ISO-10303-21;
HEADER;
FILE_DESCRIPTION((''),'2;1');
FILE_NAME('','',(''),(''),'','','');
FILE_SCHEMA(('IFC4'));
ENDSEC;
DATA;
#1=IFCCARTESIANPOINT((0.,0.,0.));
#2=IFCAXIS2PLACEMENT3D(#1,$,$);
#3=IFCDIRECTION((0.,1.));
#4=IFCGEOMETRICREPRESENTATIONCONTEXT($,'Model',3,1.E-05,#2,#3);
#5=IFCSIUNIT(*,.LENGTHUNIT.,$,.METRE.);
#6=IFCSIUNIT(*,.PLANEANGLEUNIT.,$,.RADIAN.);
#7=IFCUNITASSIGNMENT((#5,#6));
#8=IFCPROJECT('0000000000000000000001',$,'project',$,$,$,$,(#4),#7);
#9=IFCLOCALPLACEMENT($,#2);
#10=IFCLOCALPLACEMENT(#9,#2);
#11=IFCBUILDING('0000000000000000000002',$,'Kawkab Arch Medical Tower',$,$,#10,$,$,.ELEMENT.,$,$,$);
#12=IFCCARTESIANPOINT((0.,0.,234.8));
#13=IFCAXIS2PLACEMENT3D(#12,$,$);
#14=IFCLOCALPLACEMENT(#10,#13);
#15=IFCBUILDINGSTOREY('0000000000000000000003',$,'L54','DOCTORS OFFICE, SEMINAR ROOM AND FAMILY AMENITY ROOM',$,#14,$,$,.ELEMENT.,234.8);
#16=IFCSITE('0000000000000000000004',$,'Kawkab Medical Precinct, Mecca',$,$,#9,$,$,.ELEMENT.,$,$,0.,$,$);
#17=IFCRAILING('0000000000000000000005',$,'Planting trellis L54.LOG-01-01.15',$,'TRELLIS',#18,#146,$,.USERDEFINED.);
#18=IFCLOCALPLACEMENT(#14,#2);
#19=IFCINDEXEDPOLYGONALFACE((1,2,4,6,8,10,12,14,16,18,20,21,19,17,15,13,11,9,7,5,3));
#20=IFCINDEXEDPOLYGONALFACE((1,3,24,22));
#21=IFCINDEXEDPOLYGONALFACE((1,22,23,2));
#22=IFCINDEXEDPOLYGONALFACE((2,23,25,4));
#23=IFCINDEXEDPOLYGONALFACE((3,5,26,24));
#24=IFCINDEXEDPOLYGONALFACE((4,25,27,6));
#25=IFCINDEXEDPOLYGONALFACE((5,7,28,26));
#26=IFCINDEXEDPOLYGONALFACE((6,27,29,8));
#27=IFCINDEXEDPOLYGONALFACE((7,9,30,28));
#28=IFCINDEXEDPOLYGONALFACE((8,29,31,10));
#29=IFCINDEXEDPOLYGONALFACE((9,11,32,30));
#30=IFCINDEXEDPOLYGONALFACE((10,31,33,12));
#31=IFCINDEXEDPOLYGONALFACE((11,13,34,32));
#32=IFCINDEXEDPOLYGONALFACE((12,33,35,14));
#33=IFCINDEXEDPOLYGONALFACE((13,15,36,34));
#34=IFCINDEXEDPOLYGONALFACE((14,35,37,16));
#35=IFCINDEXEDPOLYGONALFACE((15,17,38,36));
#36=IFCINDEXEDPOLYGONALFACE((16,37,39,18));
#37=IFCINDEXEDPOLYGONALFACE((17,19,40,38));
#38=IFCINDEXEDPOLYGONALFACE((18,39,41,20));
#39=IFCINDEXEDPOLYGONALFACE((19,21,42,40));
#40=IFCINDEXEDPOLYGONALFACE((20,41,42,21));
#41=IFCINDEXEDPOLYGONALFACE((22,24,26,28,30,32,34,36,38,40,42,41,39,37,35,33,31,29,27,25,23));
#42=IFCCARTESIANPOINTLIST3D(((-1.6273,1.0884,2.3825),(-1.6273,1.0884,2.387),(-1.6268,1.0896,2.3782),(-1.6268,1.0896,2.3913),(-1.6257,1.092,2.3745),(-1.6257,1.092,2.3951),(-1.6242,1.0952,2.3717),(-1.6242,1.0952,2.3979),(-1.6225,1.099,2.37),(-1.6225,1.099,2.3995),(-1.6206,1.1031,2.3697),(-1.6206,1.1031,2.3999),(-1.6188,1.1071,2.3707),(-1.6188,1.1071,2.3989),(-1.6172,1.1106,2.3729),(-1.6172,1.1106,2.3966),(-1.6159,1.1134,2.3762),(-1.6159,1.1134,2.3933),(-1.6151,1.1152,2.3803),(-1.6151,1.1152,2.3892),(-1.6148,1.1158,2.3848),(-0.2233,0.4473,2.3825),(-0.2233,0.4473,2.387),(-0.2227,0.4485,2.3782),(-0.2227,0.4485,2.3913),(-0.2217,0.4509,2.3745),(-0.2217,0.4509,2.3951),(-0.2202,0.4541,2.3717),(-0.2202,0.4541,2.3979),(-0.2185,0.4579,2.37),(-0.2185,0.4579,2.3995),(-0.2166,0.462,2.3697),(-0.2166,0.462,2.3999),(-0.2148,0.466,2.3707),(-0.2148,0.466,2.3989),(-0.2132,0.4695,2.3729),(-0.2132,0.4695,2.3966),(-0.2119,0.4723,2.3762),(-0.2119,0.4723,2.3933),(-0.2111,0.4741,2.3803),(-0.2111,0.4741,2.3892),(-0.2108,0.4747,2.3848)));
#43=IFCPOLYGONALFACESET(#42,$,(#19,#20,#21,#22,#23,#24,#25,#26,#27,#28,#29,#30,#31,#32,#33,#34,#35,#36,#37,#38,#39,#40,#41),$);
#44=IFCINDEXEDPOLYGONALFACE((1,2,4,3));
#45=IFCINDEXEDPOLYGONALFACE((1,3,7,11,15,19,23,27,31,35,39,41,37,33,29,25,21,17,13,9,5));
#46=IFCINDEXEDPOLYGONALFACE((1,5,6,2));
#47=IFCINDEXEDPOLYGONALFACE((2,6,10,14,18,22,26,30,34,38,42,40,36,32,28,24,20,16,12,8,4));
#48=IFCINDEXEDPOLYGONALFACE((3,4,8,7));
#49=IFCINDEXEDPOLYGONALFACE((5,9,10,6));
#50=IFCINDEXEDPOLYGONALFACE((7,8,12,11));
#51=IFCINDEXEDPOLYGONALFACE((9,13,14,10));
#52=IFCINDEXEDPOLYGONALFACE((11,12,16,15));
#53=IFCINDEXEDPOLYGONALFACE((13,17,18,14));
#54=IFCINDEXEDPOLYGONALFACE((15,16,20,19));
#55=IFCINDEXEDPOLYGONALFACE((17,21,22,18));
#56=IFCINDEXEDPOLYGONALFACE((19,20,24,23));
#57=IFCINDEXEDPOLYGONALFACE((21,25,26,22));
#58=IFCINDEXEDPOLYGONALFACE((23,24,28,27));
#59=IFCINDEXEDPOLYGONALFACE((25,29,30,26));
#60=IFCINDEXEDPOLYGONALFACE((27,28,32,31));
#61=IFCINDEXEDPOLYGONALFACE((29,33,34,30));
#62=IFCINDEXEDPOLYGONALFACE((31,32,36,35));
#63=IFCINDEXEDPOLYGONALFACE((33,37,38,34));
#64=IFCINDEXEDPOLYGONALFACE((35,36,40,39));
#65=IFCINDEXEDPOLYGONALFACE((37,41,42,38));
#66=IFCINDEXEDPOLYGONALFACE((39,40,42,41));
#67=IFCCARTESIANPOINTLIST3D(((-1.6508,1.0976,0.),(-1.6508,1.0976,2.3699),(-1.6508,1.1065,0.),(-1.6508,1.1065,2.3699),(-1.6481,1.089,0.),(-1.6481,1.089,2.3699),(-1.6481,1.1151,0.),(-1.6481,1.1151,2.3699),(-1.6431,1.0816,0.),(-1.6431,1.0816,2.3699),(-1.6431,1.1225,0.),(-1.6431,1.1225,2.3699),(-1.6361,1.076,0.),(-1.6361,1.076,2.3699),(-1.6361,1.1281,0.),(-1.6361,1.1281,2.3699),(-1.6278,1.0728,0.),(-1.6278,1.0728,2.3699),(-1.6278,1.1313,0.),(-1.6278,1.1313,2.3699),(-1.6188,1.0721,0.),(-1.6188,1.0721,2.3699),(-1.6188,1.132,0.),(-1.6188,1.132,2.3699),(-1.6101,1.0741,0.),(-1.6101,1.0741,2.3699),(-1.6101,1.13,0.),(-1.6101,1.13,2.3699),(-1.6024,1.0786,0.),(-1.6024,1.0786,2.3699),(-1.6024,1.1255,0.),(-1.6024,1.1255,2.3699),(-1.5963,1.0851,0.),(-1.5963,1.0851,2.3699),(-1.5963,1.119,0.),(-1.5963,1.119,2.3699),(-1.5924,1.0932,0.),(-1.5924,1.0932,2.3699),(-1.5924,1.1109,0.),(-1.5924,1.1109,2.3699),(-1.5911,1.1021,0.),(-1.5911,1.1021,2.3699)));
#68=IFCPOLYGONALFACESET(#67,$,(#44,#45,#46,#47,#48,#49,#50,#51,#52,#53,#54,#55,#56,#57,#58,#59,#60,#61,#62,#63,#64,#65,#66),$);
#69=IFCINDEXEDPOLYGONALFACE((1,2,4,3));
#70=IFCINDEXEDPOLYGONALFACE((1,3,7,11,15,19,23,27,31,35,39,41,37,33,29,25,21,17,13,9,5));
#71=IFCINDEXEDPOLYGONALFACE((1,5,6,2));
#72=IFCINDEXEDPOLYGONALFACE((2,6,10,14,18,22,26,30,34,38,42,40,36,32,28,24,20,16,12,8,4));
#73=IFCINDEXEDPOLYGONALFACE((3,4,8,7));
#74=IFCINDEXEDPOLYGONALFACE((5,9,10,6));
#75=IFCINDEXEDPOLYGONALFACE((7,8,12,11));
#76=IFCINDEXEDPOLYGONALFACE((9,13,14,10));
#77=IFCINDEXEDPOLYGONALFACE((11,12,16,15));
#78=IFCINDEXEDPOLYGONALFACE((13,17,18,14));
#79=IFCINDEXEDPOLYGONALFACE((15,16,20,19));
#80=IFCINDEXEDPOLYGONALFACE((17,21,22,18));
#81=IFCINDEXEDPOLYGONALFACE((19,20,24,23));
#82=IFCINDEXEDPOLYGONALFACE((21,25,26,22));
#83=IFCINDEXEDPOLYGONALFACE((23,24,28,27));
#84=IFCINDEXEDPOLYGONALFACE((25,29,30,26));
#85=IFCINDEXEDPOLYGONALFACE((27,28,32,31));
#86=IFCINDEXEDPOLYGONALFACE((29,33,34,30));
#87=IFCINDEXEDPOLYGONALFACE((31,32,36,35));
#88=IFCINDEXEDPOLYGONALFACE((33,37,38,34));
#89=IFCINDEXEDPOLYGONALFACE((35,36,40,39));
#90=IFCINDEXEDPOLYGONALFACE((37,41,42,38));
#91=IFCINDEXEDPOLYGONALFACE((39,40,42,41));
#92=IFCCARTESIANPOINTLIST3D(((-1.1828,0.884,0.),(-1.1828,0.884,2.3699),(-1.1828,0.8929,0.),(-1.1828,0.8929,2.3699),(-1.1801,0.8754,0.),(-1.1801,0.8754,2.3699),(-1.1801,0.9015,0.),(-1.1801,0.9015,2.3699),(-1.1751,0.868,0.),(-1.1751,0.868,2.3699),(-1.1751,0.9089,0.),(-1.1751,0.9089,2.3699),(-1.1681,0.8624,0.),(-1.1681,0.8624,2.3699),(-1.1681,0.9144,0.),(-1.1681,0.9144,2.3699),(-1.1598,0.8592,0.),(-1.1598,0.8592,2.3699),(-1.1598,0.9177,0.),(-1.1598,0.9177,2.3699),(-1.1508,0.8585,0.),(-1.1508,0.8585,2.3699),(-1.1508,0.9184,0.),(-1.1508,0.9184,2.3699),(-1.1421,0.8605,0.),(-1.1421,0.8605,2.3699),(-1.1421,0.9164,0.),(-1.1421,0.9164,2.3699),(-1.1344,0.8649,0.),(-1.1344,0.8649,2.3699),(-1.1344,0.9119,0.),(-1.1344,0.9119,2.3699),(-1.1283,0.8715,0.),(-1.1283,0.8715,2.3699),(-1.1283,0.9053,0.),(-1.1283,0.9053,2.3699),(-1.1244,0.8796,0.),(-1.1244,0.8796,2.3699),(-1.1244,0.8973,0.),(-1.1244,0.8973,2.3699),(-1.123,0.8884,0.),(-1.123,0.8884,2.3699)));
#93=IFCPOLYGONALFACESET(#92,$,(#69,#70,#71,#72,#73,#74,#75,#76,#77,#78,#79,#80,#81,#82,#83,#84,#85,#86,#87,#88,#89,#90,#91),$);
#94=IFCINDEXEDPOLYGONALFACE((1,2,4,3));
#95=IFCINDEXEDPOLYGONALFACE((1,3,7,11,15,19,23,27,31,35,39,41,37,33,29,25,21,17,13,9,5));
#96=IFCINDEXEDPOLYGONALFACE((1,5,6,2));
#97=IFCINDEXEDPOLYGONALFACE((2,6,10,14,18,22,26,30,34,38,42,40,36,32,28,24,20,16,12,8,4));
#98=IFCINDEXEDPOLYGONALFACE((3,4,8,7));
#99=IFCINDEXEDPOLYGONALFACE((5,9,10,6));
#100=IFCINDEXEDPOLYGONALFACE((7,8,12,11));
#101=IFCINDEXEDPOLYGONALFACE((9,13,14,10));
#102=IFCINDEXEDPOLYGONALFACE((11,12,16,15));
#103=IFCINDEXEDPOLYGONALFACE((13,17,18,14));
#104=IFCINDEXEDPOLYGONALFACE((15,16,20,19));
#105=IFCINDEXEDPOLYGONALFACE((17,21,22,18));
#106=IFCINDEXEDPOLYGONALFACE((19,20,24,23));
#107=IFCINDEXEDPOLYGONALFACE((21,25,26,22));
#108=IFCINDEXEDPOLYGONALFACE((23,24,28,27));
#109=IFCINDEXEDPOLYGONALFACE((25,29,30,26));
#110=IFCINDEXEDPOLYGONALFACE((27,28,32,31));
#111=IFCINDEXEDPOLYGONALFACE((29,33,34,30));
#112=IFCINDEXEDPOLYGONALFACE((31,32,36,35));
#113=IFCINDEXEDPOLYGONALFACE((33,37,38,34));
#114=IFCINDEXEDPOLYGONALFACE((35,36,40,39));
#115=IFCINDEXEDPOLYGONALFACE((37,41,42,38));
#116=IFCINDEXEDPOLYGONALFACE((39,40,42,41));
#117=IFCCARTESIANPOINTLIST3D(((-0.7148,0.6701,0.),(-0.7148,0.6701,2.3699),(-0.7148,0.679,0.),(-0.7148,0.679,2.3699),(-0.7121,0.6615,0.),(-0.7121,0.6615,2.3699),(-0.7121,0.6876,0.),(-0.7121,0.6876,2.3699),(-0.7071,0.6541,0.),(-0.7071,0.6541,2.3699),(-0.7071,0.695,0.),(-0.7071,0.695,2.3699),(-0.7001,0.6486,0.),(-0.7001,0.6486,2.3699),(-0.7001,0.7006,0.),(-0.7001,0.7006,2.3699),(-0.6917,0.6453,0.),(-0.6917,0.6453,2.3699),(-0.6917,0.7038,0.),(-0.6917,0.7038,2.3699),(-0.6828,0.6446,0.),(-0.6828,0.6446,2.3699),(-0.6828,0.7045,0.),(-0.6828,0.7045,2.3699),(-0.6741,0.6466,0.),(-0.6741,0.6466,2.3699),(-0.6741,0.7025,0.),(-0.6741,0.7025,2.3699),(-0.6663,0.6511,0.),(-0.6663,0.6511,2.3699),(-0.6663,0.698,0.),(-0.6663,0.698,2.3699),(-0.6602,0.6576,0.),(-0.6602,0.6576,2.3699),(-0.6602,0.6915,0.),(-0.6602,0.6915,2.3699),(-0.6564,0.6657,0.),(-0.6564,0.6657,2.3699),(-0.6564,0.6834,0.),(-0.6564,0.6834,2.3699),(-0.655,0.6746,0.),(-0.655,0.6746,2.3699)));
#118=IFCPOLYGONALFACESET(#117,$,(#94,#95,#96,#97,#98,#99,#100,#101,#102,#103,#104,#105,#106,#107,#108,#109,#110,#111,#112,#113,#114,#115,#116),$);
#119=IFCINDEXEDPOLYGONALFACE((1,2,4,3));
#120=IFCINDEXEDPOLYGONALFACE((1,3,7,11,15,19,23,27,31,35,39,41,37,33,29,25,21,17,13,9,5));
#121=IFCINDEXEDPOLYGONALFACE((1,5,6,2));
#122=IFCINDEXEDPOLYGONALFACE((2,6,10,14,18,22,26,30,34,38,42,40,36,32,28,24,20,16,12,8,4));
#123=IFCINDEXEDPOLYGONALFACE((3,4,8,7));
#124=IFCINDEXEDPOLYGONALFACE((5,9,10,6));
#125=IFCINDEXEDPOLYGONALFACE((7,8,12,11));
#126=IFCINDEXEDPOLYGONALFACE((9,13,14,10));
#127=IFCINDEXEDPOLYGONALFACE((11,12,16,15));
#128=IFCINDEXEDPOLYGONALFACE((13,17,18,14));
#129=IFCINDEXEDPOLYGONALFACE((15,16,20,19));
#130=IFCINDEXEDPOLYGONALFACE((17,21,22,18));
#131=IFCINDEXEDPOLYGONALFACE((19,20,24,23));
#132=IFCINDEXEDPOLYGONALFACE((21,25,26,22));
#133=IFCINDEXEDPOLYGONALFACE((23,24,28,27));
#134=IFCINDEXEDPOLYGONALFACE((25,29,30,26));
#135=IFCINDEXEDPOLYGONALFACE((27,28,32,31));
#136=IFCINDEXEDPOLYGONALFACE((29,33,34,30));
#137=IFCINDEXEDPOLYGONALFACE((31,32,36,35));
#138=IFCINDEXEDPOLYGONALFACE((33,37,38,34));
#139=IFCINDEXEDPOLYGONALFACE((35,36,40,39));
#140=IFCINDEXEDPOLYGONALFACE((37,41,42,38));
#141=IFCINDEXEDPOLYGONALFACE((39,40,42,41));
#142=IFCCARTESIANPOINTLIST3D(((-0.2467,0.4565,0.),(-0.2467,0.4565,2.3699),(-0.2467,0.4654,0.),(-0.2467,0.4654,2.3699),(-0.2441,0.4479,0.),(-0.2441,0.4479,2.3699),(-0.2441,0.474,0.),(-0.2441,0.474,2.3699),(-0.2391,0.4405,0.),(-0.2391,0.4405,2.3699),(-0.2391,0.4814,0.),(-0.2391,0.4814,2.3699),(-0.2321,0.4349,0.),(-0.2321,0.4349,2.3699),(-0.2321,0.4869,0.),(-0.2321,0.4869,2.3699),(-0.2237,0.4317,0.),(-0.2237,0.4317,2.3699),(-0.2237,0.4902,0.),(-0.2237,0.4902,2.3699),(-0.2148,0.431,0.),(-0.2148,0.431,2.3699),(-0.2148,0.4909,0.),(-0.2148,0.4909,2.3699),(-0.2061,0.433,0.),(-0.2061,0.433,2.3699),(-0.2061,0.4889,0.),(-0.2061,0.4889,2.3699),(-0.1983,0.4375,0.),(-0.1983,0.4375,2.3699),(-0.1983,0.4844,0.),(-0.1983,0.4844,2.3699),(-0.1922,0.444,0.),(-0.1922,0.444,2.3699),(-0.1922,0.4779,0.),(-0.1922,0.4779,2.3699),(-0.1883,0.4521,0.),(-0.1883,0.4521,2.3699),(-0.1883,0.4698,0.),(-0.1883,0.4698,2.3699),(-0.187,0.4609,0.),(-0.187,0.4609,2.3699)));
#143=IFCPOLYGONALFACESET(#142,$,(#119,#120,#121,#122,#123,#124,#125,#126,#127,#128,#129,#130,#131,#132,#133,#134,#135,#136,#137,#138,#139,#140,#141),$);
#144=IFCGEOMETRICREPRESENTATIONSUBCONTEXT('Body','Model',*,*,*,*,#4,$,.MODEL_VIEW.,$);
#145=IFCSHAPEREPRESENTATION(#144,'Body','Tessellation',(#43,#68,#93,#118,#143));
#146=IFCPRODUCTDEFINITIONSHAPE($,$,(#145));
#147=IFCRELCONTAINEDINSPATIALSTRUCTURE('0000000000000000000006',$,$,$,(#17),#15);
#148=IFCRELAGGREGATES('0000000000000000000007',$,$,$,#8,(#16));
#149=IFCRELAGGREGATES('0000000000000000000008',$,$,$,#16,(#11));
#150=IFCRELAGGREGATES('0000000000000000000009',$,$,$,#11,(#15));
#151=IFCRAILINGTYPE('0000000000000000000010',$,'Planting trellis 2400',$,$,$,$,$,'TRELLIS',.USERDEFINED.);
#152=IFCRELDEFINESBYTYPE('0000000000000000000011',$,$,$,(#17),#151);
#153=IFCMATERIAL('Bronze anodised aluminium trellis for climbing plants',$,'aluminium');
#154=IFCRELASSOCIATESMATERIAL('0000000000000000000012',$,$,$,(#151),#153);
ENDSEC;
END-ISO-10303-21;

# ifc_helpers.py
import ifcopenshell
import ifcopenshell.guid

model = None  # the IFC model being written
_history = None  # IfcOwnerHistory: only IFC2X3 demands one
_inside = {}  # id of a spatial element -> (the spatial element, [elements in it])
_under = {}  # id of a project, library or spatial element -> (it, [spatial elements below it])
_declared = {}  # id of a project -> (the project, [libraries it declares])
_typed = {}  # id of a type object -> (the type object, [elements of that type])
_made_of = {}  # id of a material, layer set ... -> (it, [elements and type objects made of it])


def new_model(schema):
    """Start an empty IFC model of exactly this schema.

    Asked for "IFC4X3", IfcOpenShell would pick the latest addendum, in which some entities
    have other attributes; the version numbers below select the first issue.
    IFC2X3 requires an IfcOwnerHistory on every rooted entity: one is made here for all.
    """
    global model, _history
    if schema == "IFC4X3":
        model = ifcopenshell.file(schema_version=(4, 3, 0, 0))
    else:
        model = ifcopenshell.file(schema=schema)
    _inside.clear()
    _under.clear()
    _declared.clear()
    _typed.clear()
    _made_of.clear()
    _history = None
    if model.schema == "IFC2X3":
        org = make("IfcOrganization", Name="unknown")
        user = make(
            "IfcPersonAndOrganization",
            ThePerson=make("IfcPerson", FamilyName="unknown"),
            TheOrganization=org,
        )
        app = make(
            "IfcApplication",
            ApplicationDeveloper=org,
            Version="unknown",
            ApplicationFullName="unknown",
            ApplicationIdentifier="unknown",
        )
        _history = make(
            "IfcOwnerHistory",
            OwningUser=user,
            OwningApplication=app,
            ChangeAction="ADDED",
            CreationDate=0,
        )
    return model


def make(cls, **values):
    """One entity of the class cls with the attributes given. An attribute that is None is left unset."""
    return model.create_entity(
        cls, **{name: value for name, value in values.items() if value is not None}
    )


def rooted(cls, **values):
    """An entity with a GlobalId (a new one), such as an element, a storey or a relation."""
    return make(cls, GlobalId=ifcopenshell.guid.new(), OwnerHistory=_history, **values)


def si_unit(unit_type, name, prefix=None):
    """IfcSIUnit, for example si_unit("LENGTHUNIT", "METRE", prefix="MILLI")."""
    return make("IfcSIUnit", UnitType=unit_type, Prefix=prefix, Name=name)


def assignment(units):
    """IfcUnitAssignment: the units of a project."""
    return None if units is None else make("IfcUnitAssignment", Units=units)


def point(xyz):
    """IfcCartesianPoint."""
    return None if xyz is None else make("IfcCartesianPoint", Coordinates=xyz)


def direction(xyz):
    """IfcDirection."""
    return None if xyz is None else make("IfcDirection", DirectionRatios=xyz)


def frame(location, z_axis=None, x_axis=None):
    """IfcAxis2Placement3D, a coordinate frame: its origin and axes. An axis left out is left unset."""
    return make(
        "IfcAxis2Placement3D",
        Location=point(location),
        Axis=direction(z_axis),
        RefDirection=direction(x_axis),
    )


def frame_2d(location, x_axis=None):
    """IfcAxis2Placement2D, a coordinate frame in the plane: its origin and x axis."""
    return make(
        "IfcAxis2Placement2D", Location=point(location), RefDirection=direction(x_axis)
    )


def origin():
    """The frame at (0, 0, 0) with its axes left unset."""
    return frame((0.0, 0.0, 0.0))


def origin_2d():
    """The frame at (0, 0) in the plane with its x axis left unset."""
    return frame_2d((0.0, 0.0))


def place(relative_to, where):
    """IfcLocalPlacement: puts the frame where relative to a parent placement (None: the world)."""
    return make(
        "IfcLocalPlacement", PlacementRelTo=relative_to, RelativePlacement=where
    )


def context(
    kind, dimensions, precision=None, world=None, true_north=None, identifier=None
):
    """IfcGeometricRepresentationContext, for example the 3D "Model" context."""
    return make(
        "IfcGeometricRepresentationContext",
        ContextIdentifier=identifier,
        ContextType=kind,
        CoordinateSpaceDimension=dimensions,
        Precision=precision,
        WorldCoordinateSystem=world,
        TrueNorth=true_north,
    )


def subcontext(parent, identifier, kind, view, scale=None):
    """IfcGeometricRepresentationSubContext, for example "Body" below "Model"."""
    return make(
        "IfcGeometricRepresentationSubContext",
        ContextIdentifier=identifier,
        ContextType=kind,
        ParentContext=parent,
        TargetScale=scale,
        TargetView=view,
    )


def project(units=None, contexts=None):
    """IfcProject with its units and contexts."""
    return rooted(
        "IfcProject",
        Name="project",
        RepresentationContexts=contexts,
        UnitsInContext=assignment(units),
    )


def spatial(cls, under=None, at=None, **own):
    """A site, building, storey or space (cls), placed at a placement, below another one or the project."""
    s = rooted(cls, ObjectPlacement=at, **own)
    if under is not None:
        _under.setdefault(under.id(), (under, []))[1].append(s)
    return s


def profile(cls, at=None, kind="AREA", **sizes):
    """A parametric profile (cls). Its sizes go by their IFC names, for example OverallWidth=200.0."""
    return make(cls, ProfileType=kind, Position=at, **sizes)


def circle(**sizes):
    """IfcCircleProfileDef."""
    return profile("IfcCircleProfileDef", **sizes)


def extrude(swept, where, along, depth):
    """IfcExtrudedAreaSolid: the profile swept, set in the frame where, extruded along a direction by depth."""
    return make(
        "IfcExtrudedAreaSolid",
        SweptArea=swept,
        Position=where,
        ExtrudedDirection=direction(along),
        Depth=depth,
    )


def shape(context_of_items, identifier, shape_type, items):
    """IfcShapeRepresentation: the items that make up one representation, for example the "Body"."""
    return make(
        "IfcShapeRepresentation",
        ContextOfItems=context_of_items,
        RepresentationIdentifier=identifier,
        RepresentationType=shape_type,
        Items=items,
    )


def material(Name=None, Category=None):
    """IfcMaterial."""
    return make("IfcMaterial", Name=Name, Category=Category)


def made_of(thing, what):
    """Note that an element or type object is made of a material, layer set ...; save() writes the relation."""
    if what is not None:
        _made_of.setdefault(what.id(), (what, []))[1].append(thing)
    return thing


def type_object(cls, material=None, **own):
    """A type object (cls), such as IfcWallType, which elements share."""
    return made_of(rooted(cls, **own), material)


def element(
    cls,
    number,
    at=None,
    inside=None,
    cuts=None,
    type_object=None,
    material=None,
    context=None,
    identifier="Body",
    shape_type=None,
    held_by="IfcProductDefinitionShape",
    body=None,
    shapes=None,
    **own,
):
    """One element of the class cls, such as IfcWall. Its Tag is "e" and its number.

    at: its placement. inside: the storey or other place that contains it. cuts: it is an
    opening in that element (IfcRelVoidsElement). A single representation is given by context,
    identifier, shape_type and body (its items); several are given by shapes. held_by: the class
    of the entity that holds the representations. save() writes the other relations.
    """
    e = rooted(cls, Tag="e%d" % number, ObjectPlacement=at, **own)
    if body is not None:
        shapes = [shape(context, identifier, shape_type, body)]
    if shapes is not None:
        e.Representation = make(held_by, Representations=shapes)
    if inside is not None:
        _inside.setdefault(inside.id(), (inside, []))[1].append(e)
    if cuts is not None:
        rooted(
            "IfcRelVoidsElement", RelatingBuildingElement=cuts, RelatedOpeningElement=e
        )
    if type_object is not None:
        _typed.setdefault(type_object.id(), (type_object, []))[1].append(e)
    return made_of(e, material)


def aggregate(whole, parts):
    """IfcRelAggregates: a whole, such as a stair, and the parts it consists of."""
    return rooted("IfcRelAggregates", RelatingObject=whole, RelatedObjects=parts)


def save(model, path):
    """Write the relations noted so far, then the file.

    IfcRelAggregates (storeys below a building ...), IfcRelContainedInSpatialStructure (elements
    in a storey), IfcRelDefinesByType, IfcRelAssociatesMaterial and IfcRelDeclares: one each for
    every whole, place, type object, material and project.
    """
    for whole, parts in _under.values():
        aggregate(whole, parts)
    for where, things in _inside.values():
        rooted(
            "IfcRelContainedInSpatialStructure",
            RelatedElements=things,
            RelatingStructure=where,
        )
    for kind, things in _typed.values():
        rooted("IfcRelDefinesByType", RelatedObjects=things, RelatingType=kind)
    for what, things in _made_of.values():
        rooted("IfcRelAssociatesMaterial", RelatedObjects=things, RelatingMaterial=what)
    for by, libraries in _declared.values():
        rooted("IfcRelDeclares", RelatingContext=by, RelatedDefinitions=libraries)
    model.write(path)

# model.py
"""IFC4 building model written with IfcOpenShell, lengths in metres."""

from ifc_helpers import new_model, si_unit, direction, frame, origin, origin_2d, place, context, subcontext, project, spatial, circle, extrude, material, type_object, element, save


model = new_model("IFC4")

# Units and contexts
model_context = context("Model", 3, precision=1e-05, world=origin(), true_north=direction((0.0, 1.0)))
body_context = subcontext(model_context, "Body", "Model", "MODEL_VIEW")
ifc_project = project(units=[si_unit("LENGTHUNIT", "METRE"), si_unit("PLANEANGLEUNIT", "RADIAN")], contexts=[model_context])

# Site, building, storey
site_placement = place(None, origin())
site = spatial("IfcSite", under=ifc_project, at=site_placement, Name="Kawkab Medical Precinct, Mecca", CompositionType="ELEMENT", RefElevation=0.0)
building_placement = place(site_placement, origin())
building = spatial("IfcBuilding", under=site, at=building_placement, Name="Kawkab Arch Medical Tower", CompositionType="ELEMENT")
storey_placement = place(building_placement, frame((0.0, 0.0, 234.8)))
storey = spatial("IfcBuildingStorey", under=building, at=storey_placement, Name="L54", Description="DOCTORS OFFICE, SEMINAR ROOM AND FAMILY AMENITY ROOM", CompositionType="ELEMENT", Elevation=234.8)

# Railing
ifc_material_1 = material(Name="Bronze anodised aluminium trellis for climbing plants", Category="aluminium")
railing_type = type_object("IfcRailingType", Name="Planting trellis 2400", ElementType="TRELLIS", PredefinedType="USERDEFINED", material=ifc_material_1)
railing_1_placement = place(storey_placement, frame((-1.6211, 1.1021, 0.0)))
element("IfcRailing", 1, at=railing_1_placement, inside=storey, type_object=railing_type, Name="Planting trellis L54.LOG-01-01.15", ObjectType="TRELLIS", PredefinedType="USERDEFINED", context=body_context, shape_type="SweptSolid", body=[
    extrude(circle(Radius=0.0151, at=origin_2d()), frame((0.0, 0.0, 2.3848), z_axis=(0.909656, -0.415363, 0.0), x_axis=(0.415363, 0.909656, 0.0)), (0.0, 0.0, 1.0), 1.5435),
    extrude(circle(Radius=0.03, at=origin_2d()), origin(), (0.0, 0.0, 1.0), 2.3699),
    extrude(circle(Radius=0.03, at=origin_2d()), frame((0.468, -0.2136, 0.0)), (0.0, 0.0, 1.0), 2.3699),
    extrude(circle(Radius=0.03, at=origin_2d()), frame((0.936, -0.4275, 0.0)), (0.0, 0.0, 1.0), 2.3699),
    extrude(circle(Radius=0.03, at=origin_2d()), frame((1.4041, -0.6411, 0.0)), (0.0, 0.0, 1.0), 2.3699),
])

save(model, "model.ifc")
